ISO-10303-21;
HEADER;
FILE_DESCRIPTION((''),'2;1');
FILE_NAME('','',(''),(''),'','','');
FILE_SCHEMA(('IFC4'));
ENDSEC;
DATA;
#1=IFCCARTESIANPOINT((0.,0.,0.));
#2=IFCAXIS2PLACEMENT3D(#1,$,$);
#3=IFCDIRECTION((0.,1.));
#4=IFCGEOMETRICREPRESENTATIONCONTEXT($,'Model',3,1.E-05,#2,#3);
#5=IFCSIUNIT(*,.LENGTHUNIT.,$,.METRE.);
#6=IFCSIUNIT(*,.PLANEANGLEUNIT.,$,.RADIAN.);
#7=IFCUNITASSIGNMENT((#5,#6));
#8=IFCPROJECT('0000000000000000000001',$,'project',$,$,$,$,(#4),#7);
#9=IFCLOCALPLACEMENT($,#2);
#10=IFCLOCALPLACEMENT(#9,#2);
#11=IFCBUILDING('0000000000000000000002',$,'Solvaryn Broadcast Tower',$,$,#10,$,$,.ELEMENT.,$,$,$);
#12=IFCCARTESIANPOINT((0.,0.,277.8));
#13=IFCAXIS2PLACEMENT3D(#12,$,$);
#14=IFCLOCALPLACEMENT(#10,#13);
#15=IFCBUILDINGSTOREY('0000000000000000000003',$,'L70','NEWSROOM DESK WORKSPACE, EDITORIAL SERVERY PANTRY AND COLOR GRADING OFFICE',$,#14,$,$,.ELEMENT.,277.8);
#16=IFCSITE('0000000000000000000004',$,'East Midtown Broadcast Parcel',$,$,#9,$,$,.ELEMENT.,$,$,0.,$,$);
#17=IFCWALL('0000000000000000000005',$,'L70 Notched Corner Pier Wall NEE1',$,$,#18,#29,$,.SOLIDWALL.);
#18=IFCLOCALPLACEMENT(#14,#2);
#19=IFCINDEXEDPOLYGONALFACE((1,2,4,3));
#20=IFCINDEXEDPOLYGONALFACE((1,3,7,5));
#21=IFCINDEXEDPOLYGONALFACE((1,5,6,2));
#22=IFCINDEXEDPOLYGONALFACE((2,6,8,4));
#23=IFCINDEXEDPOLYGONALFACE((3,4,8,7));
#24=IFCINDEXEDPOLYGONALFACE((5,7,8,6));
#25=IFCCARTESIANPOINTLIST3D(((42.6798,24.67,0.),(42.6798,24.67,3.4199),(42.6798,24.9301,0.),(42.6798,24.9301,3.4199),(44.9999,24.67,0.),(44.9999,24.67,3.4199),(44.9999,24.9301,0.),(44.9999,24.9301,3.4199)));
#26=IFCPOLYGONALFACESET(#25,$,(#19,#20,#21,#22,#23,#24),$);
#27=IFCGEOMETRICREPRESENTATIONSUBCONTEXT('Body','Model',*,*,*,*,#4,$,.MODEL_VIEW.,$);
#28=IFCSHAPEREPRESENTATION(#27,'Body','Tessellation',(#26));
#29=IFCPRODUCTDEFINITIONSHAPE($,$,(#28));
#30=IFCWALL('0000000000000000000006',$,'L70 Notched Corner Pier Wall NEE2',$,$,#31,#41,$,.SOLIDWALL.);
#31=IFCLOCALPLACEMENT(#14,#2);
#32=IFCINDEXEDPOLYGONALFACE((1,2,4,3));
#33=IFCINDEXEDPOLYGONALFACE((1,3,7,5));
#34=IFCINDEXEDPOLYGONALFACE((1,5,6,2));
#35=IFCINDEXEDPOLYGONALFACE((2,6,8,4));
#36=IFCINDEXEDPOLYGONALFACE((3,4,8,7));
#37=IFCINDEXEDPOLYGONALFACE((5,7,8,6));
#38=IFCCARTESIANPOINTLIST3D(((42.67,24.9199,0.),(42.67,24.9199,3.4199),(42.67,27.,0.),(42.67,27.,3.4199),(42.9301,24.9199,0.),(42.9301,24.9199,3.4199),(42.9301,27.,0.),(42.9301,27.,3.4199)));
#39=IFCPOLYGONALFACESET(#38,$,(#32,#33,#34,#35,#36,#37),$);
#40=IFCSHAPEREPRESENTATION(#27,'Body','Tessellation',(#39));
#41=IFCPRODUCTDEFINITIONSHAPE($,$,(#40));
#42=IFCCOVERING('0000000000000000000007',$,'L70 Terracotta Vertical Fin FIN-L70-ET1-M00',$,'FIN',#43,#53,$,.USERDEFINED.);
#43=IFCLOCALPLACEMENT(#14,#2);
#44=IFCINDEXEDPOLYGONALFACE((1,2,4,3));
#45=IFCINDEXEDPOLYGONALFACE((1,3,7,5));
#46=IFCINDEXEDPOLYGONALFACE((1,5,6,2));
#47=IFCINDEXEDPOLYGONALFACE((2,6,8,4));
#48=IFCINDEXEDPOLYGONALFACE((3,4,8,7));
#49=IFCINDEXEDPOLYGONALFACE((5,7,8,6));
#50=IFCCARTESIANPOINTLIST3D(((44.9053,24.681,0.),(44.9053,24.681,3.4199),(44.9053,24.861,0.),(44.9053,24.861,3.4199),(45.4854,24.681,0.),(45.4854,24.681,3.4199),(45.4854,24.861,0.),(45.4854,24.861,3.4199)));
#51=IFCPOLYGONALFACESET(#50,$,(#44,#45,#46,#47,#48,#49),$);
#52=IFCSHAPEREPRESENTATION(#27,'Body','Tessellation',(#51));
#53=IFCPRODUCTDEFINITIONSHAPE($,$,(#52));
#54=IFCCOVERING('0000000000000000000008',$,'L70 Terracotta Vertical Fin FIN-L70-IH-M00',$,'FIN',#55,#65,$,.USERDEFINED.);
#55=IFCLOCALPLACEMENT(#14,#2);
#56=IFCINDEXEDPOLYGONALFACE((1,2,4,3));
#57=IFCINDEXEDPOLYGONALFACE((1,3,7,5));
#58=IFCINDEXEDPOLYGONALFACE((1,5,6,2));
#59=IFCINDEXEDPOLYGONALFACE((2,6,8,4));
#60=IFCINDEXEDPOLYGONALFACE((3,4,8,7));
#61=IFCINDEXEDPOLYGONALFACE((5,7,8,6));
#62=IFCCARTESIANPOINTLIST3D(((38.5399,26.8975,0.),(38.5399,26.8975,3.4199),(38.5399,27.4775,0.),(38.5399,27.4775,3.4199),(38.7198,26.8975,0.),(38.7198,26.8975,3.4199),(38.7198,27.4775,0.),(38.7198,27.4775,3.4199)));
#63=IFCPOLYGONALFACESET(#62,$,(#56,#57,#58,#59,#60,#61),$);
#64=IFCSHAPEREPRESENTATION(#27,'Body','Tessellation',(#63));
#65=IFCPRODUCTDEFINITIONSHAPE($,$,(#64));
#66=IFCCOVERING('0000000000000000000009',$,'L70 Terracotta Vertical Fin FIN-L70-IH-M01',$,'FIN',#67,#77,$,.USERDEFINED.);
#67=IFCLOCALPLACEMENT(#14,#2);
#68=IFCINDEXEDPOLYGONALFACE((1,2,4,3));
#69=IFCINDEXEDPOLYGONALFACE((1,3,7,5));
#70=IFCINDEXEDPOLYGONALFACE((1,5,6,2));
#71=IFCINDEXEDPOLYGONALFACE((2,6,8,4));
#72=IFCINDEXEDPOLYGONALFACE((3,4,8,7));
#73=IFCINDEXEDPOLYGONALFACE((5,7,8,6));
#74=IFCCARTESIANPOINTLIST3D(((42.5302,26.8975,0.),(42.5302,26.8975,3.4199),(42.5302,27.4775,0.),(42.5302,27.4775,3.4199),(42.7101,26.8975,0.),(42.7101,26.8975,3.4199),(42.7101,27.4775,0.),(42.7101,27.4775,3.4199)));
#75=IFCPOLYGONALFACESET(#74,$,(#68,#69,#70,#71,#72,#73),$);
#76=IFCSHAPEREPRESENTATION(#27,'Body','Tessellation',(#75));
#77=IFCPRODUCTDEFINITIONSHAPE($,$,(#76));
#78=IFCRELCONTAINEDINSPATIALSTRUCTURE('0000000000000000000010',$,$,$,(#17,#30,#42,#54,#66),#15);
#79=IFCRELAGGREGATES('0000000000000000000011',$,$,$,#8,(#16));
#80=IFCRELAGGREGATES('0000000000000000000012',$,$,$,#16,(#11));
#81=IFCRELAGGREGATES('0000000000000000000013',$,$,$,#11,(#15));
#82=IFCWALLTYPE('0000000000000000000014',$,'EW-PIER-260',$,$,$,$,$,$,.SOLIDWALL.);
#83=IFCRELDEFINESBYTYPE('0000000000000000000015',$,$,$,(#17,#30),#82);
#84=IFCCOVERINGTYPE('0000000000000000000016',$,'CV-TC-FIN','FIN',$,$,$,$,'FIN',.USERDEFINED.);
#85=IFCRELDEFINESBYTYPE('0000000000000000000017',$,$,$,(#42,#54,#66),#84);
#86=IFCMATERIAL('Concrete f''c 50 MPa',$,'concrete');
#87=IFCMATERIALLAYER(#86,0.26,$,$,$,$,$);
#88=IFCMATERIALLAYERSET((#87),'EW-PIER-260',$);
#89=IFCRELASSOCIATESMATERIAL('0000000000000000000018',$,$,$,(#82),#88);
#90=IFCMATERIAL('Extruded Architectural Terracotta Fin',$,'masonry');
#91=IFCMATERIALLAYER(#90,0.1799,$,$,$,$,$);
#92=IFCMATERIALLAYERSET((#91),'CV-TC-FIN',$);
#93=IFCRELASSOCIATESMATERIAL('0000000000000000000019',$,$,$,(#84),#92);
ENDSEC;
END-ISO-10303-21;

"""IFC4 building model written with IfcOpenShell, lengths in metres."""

from ifc_helpers import new_model, si_unit, direction, frame, frame_2d, origin, origin_2d, place, context, subcontext, project, spatial, rectangle, extrude, material, layer, layer_set, type_object, element, save


model = new_model("IFC4")

# Units and contexts
model_context = context("Model", 3, precision=1e-05, world=origin(), true_north=direction((0.0, 1.0)))
body_context = subcontext(model_context, "Body", "Model", "MODEL_VIEW")
ifc_project = project(units=[si_unit("LENGTHUNIT", "METRE"), si_unit("PLANEANGLEUNIT", "RADIAN")], contexts=[model_context])

# Site, building, storey
site_placement = place(None, origin())
site = spatial("IfcSite", under=ifc_project, at=site_placement, Name="East Midtown Broadcast Parcel", CompositionType="ELEMENT", RefElevation=0.0)
building_placement = place(site_placement, origin())
building = spatial("IfcBuilding", under=site, at=building_placement, Name="Solvaryn Broadcast Tower", CompositionType="ELEMENT")
storey_placement = place(building_placement, frame((0.0, 0.0, 277.8)))
storey = spatial("IfcBuildingStorey", under=building, at=storey_placement, Name="L70", Description="NEWSROOM DESK WORKSPACE, EDITORIAL SERVERY PANTRY AND COLOR GRADING OFFICE", CompositionType="ELEMENT", Elevation=277.8)

# Walls
ifc_material_1 = material(Name="Concrete f'c 50 MPa", Category="concrete")
ifc_layer_1 = layer(ifc_material_1, 0.26)
ifc_layer_set_1 = layer_set([ifc_layer_1], Name="EW-PIER-260")
wall_type_1 = type_object("IfcWallType", Name="EW-PIER-260", PredefinedType="SOLIDWALL", material=ifc_layer_set_1)
wall_1_placement = place(storey_placement, frame((45.0, 24.8, 0.0), z_axis=(0.0, 0.0, 1.0), x_axis=(-1.0, 0.0, 0.0)))
element("IfcWall", 1, at=wall_1_placement, inside=storey, type_object=wall_type_1, Name="L70 Notched Corner Pier Wall NEE1", PredefinedType="SOLIDWALL", context=body_context, shape_type="SweptSolid", body=[
    extrude(rectangle(XDim=2.3201, YDim=0.26, at=frame_2d((1.1602, 0.0))), origin(), (0.0, 0.0, 1.0), 3.4199),
])
wall_2_placement = place(storey_placement, frame((42.8, 24.9199, 0.0), z_axis=(0.0, 0.0, 1.0), x_axis=(0.0, 1.0, 0.0)))
element("IfcWall", 2, at=wall_2_placement, inside=storey, type_object=wall_type_1, Name="L70 Notched Corner Pier Wall NEE2", PredefinedType="SOLIDWALL", context=body_context, shape_type="SweptSolid", body=[
    extrude(rectangle(XDim=2.0801, YDim=0.26, at=frame_2d((1.04, 0.0))), origin(), (0.0, 0.0, 1.0), 3.4199),
])

# Coverings
ifc_material_2 = material(Name="Extruded Architectural Terracotta Fin", Category="masonry")
ifc_layer_2 = layer(ifc_material_2, 0.1799)
ifc_layer_set_2 = layer_set([ifc_layer_2], Name="CV-TC-FIN")
covering_type = type_object("IfcCoveringType", Name="CV-TC-FIN", Description="FIN", ElementType="FIN", PredefinedType="USERDEFINED", material=ifc_layer_set_2)
covering_placement = place(storey_placement, frame((45.1953, 24.771, 0.0), z_axis=(0.0, 0.0, 1.0), x_axis=(1.0, 0.0, 0.0)))
element("IfcCovering", 3, at=covering_placement, inside=storey, type_object=covering_type, Name="L70 Terracotta Vertical Fin FIN-L70-ET1-M00", ObjectType="FIN", PredefinedType="USERDEFINED", context=body_context, shape_type="SweptSolid", body=[
    extrude(rectangle(XDim=0.5801, YDim=0.1799, at=origin_2d()), origin(), (0.0, 0.0, 1.0), 3.4199),
])
for number, where, z_axis, x_axis, name in (
    (4, (38.6299, 27.1875, 0.0), (0.0, 0.0, 1.0), (1.0, 0.0, 0.0), "L70 Terracotta Vertical Fin FIN-L70-IH-M00"),
    (5, (42.6201, 27.1875, 0.0), (0.0, 0.0, 1.0), (1.0, 0.0, 0.0), "L70 Terracotta Vertical Fin FIN-L70-IH-M01"),
):
    element("IfcCovering", number, at=place(storey_placement, frame(where, z_axis=z_axis, x_axis=x_axis)), inside=storey, type_object=covering_type, Name=name, ObjectType="FIN", PredefinedType="USERDEFINED", context=body_context, shape_type="SweptSolid", body=[
        extrude(rectangle(XDim=0.1799, YDim=0.5801, at=origin_2d()), origin(), (0.0, 0.0, 1.0), 3.4199),
    ])

save(model, "model.ifc")
